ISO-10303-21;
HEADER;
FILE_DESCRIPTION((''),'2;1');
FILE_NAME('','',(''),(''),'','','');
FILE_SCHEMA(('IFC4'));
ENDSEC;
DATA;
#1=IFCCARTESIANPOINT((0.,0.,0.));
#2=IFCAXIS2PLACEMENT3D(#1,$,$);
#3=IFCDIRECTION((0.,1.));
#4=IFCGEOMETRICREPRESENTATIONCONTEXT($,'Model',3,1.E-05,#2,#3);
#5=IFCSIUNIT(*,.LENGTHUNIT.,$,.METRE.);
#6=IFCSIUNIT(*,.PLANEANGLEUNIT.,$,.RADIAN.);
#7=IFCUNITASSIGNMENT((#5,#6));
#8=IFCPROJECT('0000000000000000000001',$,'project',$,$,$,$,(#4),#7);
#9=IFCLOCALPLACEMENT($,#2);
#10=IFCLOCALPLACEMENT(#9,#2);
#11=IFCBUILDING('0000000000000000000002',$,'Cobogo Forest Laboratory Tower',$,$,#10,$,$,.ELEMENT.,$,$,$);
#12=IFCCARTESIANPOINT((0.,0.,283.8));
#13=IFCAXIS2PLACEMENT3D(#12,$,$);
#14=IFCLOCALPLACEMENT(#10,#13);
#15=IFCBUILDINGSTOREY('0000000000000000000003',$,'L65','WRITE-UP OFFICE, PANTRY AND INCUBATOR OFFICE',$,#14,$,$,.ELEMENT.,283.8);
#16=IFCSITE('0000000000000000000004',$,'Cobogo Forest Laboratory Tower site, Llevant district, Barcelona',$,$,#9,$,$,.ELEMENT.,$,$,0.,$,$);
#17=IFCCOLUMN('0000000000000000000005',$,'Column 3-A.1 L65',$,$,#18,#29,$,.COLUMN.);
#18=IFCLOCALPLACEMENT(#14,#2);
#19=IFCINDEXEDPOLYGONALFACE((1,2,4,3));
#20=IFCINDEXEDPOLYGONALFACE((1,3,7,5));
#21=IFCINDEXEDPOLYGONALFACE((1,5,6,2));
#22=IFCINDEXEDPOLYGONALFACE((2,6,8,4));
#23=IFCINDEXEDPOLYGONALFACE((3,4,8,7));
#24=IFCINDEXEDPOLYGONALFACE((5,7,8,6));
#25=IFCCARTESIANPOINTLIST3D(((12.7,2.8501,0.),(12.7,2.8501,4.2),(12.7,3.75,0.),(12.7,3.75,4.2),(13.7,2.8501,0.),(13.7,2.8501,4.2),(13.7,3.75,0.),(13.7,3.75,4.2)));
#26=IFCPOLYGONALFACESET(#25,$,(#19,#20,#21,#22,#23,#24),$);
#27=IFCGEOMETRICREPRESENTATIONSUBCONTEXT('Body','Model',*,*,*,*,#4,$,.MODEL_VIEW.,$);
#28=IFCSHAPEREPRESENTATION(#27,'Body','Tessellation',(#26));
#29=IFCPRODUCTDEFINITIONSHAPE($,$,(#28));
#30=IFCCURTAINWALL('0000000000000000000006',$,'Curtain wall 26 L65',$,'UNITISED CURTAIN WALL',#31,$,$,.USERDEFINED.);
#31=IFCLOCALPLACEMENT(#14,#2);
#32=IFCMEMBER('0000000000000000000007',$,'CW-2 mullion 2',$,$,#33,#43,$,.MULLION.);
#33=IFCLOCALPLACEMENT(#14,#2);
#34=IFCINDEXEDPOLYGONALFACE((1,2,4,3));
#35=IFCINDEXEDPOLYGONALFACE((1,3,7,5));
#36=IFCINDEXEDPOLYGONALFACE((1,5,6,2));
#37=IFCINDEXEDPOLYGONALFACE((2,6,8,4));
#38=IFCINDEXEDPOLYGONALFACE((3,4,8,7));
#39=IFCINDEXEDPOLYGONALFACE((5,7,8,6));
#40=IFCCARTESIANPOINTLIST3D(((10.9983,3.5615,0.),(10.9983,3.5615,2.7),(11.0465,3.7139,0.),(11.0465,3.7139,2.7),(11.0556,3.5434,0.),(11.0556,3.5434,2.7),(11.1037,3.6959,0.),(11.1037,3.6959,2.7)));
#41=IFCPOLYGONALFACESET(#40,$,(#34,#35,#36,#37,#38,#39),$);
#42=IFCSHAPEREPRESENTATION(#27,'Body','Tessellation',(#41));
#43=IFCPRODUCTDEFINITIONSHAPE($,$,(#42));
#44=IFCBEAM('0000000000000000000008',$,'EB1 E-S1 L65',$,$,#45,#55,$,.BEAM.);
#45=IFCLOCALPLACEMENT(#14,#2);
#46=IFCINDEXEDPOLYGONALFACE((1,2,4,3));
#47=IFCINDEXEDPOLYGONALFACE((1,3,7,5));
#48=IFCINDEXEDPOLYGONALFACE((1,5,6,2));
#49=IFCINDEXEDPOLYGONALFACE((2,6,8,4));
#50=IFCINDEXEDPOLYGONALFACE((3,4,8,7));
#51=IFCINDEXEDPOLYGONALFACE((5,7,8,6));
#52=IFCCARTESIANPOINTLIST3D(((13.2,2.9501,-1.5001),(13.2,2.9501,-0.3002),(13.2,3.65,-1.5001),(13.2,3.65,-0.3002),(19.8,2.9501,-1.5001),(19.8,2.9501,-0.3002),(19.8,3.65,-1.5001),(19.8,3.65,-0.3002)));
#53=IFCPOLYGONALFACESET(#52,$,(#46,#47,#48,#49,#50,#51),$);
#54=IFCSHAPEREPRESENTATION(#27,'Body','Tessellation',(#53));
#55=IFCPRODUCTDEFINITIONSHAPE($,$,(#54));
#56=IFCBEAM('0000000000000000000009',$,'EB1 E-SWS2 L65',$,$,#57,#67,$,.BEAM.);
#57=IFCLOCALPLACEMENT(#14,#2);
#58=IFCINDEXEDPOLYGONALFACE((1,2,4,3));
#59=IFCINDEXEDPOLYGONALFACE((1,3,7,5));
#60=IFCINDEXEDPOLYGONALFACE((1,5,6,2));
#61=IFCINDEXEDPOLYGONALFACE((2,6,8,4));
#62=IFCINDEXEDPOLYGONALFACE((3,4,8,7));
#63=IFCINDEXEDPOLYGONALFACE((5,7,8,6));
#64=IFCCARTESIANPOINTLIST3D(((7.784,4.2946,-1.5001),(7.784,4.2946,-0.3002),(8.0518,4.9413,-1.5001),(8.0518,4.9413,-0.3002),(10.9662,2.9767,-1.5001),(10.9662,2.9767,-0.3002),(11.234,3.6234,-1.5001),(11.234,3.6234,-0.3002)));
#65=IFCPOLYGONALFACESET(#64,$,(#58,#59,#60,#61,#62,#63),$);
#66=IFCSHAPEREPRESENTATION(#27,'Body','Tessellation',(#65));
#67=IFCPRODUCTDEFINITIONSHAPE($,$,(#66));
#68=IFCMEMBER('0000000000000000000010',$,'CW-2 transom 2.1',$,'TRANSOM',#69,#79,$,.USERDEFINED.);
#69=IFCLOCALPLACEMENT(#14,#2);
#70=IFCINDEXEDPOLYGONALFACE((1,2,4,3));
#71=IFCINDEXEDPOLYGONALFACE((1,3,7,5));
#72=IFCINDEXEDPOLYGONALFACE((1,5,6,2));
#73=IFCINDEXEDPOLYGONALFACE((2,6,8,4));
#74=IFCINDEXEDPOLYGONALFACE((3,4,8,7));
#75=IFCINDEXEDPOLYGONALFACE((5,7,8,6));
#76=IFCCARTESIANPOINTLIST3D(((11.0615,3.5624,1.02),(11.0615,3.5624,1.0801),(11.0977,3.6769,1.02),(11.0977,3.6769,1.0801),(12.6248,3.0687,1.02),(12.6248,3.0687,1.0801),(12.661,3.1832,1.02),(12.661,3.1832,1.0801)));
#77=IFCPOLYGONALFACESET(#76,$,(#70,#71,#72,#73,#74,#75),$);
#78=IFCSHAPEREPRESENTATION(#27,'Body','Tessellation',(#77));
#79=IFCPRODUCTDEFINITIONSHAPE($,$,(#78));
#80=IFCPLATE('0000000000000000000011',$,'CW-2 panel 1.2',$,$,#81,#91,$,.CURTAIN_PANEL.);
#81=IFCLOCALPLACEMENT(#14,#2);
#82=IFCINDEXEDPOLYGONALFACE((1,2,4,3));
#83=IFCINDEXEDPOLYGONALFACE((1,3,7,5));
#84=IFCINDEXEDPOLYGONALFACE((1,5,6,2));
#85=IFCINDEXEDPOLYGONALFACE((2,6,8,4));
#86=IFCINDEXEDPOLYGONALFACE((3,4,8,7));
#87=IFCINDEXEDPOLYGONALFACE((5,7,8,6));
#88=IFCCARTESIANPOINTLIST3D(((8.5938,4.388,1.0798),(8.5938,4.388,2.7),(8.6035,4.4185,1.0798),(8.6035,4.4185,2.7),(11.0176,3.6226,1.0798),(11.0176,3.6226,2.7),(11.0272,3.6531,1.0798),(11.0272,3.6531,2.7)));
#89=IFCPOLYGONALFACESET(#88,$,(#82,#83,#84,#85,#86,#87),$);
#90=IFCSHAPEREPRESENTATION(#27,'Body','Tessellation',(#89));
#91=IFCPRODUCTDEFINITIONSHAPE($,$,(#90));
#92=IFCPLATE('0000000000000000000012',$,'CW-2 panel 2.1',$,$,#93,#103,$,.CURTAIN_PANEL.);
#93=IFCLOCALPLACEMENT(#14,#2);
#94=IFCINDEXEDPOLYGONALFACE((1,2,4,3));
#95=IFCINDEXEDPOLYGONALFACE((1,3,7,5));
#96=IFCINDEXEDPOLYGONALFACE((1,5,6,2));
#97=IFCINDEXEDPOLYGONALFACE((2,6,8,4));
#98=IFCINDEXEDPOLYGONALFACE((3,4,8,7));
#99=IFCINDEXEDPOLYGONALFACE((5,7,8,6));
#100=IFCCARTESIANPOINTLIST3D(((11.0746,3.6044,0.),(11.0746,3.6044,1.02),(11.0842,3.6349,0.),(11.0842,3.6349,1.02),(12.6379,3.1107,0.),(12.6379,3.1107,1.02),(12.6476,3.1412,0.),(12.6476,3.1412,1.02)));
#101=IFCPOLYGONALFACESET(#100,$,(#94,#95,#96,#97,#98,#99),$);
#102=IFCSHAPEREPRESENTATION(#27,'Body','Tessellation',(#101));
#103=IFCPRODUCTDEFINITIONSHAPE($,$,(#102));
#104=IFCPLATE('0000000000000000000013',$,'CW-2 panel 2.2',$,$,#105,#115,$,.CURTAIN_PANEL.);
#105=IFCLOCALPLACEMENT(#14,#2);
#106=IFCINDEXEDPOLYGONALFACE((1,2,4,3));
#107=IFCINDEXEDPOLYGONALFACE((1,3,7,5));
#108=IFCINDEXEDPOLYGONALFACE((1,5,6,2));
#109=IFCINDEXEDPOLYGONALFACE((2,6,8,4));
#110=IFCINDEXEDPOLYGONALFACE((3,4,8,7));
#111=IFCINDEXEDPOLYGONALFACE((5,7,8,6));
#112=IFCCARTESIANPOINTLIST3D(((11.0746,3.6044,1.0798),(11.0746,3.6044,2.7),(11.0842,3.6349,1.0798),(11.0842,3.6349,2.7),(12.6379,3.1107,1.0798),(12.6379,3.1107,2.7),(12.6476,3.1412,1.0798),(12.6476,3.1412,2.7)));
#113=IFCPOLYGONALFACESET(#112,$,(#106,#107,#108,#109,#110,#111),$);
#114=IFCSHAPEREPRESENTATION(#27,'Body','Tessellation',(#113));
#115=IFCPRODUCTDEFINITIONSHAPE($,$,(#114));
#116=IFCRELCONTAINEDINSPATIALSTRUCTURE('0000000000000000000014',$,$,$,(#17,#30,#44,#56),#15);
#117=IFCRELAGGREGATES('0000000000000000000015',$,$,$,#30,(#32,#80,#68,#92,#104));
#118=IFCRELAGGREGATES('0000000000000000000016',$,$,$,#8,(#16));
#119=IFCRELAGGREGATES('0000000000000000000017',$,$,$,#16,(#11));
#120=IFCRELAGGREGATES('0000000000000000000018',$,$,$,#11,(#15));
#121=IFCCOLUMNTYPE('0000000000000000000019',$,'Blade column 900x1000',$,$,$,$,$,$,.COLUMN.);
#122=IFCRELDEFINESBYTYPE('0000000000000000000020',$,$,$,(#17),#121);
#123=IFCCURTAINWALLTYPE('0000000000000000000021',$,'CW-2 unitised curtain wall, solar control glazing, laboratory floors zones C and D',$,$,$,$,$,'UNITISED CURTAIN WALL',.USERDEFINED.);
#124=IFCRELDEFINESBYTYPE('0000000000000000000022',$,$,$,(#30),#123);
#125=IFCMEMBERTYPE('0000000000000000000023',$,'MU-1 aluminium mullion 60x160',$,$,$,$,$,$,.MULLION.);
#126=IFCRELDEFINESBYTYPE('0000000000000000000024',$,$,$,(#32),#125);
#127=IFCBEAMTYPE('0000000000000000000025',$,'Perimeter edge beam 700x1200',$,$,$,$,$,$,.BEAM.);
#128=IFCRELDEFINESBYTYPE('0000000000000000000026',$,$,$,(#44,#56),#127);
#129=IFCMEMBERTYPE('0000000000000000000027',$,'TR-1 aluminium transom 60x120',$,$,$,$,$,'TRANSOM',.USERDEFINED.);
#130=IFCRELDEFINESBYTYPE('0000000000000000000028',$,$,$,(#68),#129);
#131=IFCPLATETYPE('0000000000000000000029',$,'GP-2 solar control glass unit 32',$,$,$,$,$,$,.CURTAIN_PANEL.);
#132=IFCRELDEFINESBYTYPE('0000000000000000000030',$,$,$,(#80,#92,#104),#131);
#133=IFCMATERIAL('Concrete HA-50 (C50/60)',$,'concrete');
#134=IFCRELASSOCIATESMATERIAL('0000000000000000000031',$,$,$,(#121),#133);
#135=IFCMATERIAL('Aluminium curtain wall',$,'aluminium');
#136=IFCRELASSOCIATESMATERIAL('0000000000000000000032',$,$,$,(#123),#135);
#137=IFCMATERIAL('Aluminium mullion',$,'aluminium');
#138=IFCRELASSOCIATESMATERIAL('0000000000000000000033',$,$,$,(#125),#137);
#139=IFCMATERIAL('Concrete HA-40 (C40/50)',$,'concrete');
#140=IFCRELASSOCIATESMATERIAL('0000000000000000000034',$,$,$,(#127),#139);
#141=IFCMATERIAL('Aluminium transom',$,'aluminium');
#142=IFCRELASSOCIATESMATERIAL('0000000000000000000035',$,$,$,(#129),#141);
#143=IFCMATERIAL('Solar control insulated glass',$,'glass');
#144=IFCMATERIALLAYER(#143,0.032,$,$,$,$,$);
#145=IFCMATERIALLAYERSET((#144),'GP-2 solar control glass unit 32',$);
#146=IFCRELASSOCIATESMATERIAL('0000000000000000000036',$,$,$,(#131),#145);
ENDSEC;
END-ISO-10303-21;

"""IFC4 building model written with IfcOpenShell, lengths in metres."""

from ifc_helpers import new_model, si_unit, direction, frame, origin, origin_2d, place, context, subcontext, project, spatial, rectangle, extrude, material, layer, layer_set, material_profile, profile_set, type_object, element, aggregate, save


model = new_model("IFC4")

# Units and contexts
model_context = context("Model", 3, precision=1e-05, world=origin(), true_north=direction((0.0, 1.0)))
body_context = subcontext(model_context, "Body", "Model", "MODEL_VIEW")
ifc_project = project(units=[si_unit("LENGTHUNIT", "METRE"), si_unit("PLANEANGLEUNIT", "RADIAN")], contexts=[model_context])

# Site, building, storey
site_placement = place(None, origin())
site = spatial("IfcSite", under=ifc_project, at=site_placement, Name="Cobogo Forest Laboratory Tower site, Llevant district, Barcelona", CompositionType="ELEMENT", RefElevation=0.0)
building_placement = place(site_placement, origin())
building = spatial("IfcBuilding", under=site, at=building_placement, Name="Cobogo Forest Laboratory Tower", CompositionType="ELEMENT")
storey_placement = place(building_placement, frame((0.0, 0.0, 283.8)))
storey = spatial("IfcBuildingStorey", under=building, at=storey_placement, Name="L65", Description="WRITE-UP OFFICE, PANTRY AND INCUBATOR OFFICE", CompositionType="ELEMENT", Elevation=283.8)

# Column
ifc_material_1 = material(Name="Concrete HA-50 (C50/60)", Category="concrete")
ifc_material_profile_1 = material_profile(ifc_material_1, rectangle(XDim=1.0, YDim=0.8999, at=origin_2d()), Name="RC 900x1000")
ifc_profile_set_1 = profile_set([ifc_material_profile_1], Name="Concrete HA-50 (C50/60)")
column_type = type_object("IfcColumnType", Name="Blade column 900x1000", PredefinedType="COLUMN", material=ifc_profile_set_1)
column_placement = place(storey_placement, frame((13.2, 3.3, 0.0), z_axis=(0.0, 0.0, 1.0), x_axis=(1.0, 0.0, 0.0)))
element("IfcColumn", 1, at=column_placement, inside=storey, type_object=column_type, Name="Column 3-A.1 L65", PredefinedType="COLUMN", context=body_context, shape_type="SweptSolid", body=[
    extrude(rectangle(XDim=1.0, YDim=0.8999, at=origin_2d()), origin(), (0.0, 0.0, 1.0), 4.2),
])

# Curtain wall, member
ifc_material_2 = material(Name="Aluminium curtain wall", Category="aluminium")
curtain_wall_type = type_object("IfcCurtainWallType", Name="CW-2 unitised curtain wall, solar control glazing, laboratory floors zones C and D", ElementType="UNITISED CURTAIN WALL", PredefinedType="USERDEFINED", material=ifc_material_2)
curtain_wall_placement = place(storey_placement, origin())
curtain_wall = element("IfcCurtainWall", 2, at=curtain_wall_placement, inside=storey, type_object=curtain_wall_type, Name="Curtain wall 26 L65", ObjectType="UNITISED CURTAIN WALL", PredefinedType="USERDEFINED")
ifc_material_3 = material(Name="Aluminium mullion", Category="aluminium")
ifc_material_profile_2 = material_profile(ifc_material_3, rectangle(XDim=0.0601, YDim=0.1599, at=origin_2d()), Name="AL 60x160")
ifc_profile_set_2 = profile_set([ifc_material_profile_2], Name="Aluminium mullion")
member_type_1 = type_object("IfcMemberType", Name="MU-1 aluminium mullion 60x160", PredefinedType="MULLION", material=ifc_profile_set_2)
member_1_placement = place(storey_placement, frame((11.051, 3.6287, 0.0), z_axis=(0.0, 0.0, 1.0), x_axis=(0.953581, -0.301135, 0.0)))
member_1 = element("IfcMember", 3, at=member_1_placement, type_object=member_type_1, Name="CW-2 mullion 2", PredefinedType="MULLION", context=body_context, shape_type="SweptSolid", body=[
    extrude(rectangle(XDim=0.0601, YDim=0.1599, at=origin_2d()), origin(), (0.0, 0.0, 1.0), 2.7),
])

# Beams
ifc_material_4 = material(Name="Concrete HA-40 (C40/50)", Category="concrete")
ifc_material_profile_3 = material_profile(ifc_material_4, rectangle(XDim=0.7, YDim=1.2, at=origin_2d()), Name="RC 700x1200")
ifc_profile_set_3 = profile_set([ifc_material_profile_3], Name="Concrete HA-40 (C40/50)")
beam_type = type_object("IfcBeamType", Name="Perimeter edge beam 700x1200", PredefinedType="BEAM", material=ifc_profile_set_3)
beam_1_placement = place(storey_placement, frame((13.2, 3.3, -0.9001), z_axis=(1.0, 0.0, 0.0), x_axis=(0.0, 1.0, 0.0)))
element("IfcBeam", 4, at=beam_1_placement, inside=storey, type_object=beam_type, Name="EB1 E-S1 L65", PredefinedType="BEAM", context=body_context, shape_type="SweptSolid", body=[
    extrude(rectangle(XDim=0.7, YDim=1.2, at=origin_2d()), origin(), (0.0, 0.0, 1.0), 6.6001),
])
beam_2_placement = place(storey_placement, frame((11.1001, 3.3, -0.9001), z_axis=(-0.923901, 0.382631, 0.0), x_axis=(-0.382631, -0.923901, 0.0)))
element("IfcBeam", 5, at=beam_2_placement, inside=storey, type_object=beam_type, Name="EB1 E-SWS2 L65", PredefinedType="BEAM", context=body_context, shape_type="SweptSolid", body=[
    extrude(rectangle(XDim=0.7, YDim=1.2, at=origin_2d()), origin(), (0.0, 0.0, 1.0), 3.4443),
])

# Member
ifc_material_5 = material(Name="Aluminium transom", Category="aluminium")
ifc_material_profile_4 = material_profile(ifc_material_5, rectangle(XDim=0.1201, YDim=0.0601, at=origin_2d()), Name="AL 60x120")
ifc_profile_set_4 = profile_set([ifc_material_profile_4], Name="Aluminium transom")
member_type_2 = type_object("IfcMemberType", Name="TR-1 aluminium transom 60x120", ElementType="TRANSOM", PredefinedType="USERDEFINED", material=ifc_profile_set_4)
member_2_placement = place(storey_placement, frame((11.0796, 3.6196, 1.05), z_axis=(0.953583, -0.301131, 0.0), x_axis=(0.301131, 0.953583, 0.0)))
member_2 = element("IfcMember", 6, at=member_2_placement, type_object=member_type_2, Name="CW-2 transom 2.1", ObjectType="TRANSOM", PredefinedType="USERDEFINED", context=body_context, shape_type="SweptSolid", body=[
    extrude(rectangle(XDim=0.1201, YDim=0.0601, at=origin_2d()), origin(), (0.0, 0.0, 1.0), 1.6394),
])

# Plates
ifc_material_6 = material(Name="Solar control insulated glass", Category="glass")
ifc_layer_1 = layer(ifc_material_6, 0.032)
ifc_layer_set_1 = layer_set([ifc_layer_1], Name="GP-2 solar control glass unit 32")
plate_type = type_object("IfcPlateType", Name="GP-2 solar control glass unit 32", PredefinedType="CURTAIN_PANEL", material=ifc_layer_set_1)
plate_1_placement = place(storey_placement, frame((9.8105, 4.0205, 1.0798), z_axis=(0.0, 0.0, 1.0), x_axis=(0.953581, -0.301135, 0.0)))
plate_1 = element("IfcPlate", 7, at=plate_1_placement, type_object=plate_type, Name="CW-2 panel 1.2", PredefinedType="CURTAIN_PANEL", context=body_context, shape_type="SweptSolid", body=[
    extrude(rectangle(XDim=2.5417, YDim=0.032, at=origin_2d()), origin(), (0.0, 0.0, 1.0), 1.6201),
])
plate_2_placement = place(storey_placement, frame((11.8611, 3.3728, 0.0), z_axis=(0.0, 0.0, 1.0), x_axis=(0.953581, -0.301135, 0.0)))
plate_2 = element("IfcPlate", 8, at=plate_2_placement, type_object=plate_type, Name="CW-2 panel 2.1", PredefinedType="CURTAIN_PANEL", context=body_context, shape_type="SweptSolid", body=[
    extrude(rectangle(XDim=1.6394, YDim=0.032, at=origin_2d()), origin(), (0.0, 0.0, 1.0), 1.02),
])
plate_3_placement = place(storey_placement, frame((11.8611, 3.3728, 1.0798), z_axis=(0.0, 0.0, 1.0), x_axis=(0.953581, -0.301135, 0.0)))
plate_3 = element("IfcPlate", 9, at=plate_3_placement, type_object=plate_type, Name="CW-2 panel 2.2", PredefinedType="CURTAIN_PANEL", context=body_context, shape_type="SweptSolid", body=[
    extrude(rectangle(XDim=1.6394, YDim=0.032, at=origin_2d()), origin(), (0.0, 0.0, 1.0), 1.6201),
])
aggregate(curtain_wall, [member_1, plate_1, member_2, plate_2, plate_3])

save(model, "model.ifc")
